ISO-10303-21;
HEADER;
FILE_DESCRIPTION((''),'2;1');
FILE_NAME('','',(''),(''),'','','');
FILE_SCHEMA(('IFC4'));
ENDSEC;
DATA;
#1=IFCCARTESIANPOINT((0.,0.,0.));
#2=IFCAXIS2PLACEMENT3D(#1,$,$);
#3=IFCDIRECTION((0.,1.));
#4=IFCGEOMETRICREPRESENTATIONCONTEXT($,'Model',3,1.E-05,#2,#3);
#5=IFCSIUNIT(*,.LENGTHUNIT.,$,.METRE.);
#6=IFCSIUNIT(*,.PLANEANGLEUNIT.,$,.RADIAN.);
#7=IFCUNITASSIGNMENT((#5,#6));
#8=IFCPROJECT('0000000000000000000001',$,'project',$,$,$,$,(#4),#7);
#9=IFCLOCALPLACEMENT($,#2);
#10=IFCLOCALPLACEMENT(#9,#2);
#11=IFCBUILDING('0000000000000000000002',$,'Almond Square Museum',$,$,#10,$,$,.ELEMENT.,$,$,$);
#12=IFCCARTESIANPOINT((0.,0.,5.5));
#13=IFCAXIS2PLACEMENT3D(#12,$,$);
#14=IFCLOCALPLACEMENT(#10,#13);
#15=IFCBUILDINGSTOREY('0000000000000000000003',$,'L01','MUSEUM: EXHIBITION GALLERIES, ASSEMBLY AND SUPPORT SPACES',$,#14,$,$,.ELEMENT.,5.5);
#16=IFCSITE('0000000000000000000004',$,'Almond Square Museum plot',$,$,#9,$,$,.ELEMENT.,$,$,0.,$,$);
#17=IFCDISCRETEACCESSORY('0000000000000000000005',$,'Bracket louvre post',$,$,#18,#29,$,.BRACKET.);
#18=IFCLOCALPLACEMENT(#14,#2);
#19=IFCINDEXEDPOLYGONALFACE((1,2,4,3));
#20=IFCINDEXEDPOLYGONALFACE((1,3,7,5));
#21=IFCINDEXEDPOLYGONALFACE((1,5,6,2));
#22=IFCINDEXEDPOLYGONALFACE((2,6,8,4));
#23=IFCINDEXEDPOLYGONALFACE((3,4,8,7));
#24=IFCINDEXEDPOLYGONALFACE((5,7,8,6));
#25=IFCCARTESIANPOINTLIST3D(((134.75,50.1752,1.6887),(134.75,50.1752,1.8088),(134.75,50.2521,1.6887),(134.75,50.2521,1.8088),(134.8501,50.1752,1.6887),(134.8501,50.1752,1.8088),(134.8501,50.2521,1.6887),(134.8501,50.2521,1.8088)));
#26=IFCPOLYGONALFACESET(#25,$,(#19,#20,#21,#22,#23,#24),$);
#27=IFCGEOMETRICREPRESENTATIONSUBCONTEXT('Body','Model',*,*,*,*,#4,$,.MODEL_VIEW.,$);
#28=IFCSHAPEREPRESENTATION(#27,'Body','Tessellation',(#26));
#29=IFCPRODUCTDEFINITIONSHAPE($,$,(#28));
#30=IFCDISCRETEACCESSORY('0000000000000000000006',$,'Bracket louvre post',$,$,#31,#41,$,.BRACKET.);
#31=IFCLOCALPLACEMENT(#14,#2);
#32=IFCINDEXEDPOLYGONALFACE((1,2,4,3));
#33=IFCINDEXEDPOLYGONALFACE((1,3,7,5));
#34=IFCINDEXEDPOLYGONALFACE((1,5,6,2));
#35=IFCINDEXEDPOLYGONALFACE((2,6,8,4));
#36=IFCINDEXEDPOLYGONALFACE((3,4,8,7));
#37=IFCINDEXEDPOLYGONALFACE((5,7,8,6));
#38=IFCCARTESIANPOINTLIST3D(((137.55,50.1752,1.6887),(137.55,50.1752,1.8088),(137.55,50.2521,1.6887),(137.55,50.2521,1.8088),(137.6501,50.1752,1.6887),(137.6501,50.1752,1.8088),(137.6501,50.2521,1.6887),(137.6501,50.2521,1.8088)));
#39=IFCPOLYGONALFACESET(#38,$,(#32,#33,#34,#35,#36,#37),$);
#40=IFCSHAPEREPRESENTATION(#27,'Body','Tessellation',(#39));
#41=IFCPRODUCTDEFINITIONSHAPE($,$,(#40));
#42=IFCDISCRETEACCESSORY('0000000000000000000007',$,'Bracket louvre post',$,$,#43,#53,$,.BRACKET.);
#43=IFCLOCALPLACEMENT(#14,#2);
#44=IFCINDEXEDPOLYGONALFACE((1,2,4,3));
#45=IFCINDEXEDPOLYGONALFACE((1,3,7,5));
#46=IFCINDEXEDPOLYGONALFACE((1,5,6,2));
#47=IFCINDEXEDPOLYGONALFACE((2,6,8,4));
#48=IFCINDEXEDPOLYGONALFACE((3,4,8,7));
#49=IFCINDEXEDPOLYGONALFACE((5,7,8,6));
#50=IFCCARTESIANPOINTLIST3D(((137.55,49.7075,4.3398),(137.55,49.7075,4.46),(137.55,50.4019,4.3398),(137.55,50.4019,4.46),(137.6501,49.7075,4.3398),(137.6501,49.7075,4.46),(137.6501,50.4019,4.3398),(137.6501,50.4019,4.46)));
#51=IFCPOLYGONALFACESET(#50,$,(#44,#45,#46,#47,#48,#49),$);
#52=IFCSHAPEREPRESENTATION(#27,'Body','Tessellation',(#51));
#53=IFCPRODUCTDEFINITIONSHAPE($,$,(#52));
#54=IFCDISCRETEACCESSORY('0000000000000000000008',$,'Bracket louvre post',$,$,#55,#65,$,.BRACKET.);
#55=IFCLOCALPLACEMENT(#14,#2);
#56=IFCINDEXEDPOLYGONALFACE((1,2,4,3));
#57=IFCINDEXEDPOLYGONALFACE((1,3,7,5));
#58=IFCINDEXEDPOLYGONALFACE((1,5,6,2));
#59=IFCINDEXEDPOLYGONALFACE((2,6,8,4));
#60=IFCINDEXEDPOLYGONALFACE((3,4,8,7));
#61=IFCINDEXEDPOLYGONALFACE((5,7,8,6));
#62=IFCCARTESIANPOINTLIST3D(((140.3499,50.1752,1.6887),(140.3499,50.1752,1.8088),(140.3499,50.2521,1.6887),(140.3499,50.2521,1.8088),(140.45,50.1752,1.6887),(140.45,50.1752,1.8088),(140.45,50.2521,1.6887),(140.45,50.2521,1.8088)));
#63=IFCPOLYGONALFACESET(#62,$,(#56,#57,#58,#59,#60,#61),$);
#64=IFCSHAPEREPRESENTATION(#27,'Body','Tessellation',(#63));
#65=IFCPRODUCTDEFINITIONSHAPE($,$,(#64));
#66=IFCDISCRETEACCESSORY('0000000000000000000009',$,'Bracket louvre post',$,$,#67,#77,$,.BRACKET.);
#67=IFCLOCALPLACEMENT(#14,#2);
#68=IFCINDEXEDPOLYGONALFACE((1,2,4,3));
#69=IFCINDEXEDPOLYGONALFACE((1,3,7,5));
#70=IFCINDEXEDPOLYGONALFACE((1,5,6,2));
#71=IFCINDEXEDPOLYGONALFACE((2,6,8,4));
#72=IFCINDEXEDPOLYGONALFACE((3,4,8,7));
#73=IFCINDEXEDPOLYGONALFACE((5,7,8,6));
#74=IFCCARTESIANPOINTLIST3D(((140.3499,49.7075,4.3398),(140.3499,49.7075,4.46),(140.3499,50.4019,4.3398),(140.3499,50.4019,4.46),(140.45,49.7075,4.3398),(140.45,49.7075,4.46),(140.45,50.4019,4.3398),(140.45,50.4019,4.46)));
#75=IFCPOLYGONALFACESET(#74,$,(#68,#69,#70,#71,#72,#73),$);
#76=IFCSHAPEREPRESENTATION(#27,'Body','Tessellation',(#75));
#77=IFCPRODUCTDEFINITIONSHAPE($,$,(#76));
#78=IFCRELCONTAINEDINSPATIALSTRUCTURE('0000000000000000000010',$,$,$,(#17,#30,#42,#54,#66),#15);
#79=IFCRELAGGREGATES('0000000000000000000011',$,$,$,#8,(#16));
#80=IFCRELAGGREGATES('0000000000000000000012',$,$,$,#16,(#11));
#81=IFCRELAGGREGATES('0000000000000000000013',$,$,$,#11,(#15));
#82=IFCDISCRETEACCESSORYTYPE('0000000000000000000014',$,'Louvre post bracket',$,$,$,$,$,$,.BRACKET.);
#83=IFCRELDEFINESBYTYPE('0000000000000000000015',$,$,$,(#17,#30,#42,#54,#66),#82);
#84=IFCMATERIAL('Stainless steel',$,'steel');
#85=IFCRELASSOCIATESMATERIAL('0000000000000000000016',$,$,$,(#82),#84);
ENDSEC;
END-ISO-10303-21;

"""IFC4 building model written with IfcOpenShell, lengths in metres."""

from ifc_helpers import new_model, si_unit, direction, frame, origin, origin_2d, place, context, subcontext, project, spatial, rectangle, extrude, material, type_object, element, save


model = new_model("IFC4")

# Units and contexts
model_context = context("Model", 3, precision=1e-05, world=origin(), true_north=direction((0.0, 1.0)))
body_context = subcontext(model_context, "Body", "Model", "MODEL_VIEW")
ifc_project = project(units=[si_unit("LENGTHUNIT", "METRE"), si_unit("PLANEANGLEUNIT", "RADIAN")], contexts=[model_context])

# Site, building, storey
site_placement = place(None, origin())
site = spatial("IfcSite", under=ifc_project, at=site_placement, Name="Almond Square Museum plot", CompositionType="ELEMENT", RefElevation=0.0)
building_placement = place(site_placement, origin())
building = spatial("IfcBuilding", under=site, at=building_placement, Name="Almond Square Museum", CompositionType="ELEMENT")
storey_placement = place(building_placement, frame((0.0, 0.0, 5.5)))
storey = spatial("IfcBuildingStorey", under=building, at=storey_placement, Name="L01", Description="MUSEUM: EXHIBITION GALLERIES, ASSEMBLY AND SUPPORT SPACES", CompositionType="ELEMENT", Elevation=5.5)

# Discrete accessories
ifc_material_1 = material(Name="Stainless steel", Category="steel")
discrete_accessory_type = type_object("IfcDiscreteAccessoryType", Name="Louvre post bracket", PredefinedType="BRACKET", material=ifc_material_1)
for number, where, z_axis, x_axis, name in (
    (1, (134.8, 50.2136, 1.6887), (0.0, 0.0, 1.0), (1.0, 0.0, 0.0), "Bracket louvre post"),
    (2, (137.6001, 50.2136, 1.6887), (0.0, 0.0, 1.0), (1.0, 0.0, 0.0), "Bracket louvre post"),
):
    element("IfcDiscreteAccessory", number, at=place(storey_placement, frame(where, z_axis=z_axis, x_axis=x_axis)), inside=storey, type_object=discrete_accessory_type, Name=name, PredefinedType="BRACKET", context=body_context, shape_type="SweptSolid", body=[
        extrude(rectangle(XDim=0.1001, YDim=0.0769, at=origin_2d()), origin(), (0.0, 0.0, 1.0), 0.1201),
    ])
discrete_accessory_1_placement = place(storey_placement, frame((137.6001, 50.0547, 4.3398), z_axis=(0.0, 0.0, 1.0), x_axis=(1.0, 0.0, 0.0)))
element("IfcDiscreteAccessory", 3, at=discrete_accessory_1_placement, inside=storey, type_object=discrete_accessory_type, Name="Bracket louvre post", PredefinedType="BRACKET", context=body_context, shape_type="SweptSolid", body=[
    extrude(rectangle(XDim=0.1001, YDim=0.6943, at=origin_2d()), origin(), (0.0, 0.0, 1.0), 0.1201),
])
discrete_accessory_2_placement = place(storey_placement, frame((140.3999, 50.2136, 1.6887), z_axis=(0.0, 0.0, 1.0), x_axis=(1.0, 0.0, 0.0)))
element("IfcDiscreteAccessory", 4, at=discrete_accessory_2_placement, inside=storey, type_object=discrete_accessory_type, Name="Bracket louvre post", PredefinedType="BRACKET", context=body_context, shape_type="SweptSolid", body=[
    extrude(rectangle(XDim=0.1001, YDim=0.0769, at=origin_2d()), origin(), (0.0, 0.0, 1.0), 0.1201),
])
discrete_accessory_3_placement = place(storey_placement, frame((140.3999, 50.0547, 4.3398), z_axis=(0.0, 0.0, 1.0), x_axis=(1.0, 0.0, 0.0)))
element("IfcDiscreteAccessory", 5, at=discrete_accessory_3_placement, inside=storey, type_object=discrete_accessory_type, Name="Bracket louvre post", PredefinedType="BRACKET", context=body_context, shape_type="SweptSolid", body=[
    extrude(rectangle(XDim=0.1001, YDim=0.6943, at=origin_2d()), origin(), (0.0, 0.0, 1.0), 0.1201),
])

save(model, "model.ifc")
